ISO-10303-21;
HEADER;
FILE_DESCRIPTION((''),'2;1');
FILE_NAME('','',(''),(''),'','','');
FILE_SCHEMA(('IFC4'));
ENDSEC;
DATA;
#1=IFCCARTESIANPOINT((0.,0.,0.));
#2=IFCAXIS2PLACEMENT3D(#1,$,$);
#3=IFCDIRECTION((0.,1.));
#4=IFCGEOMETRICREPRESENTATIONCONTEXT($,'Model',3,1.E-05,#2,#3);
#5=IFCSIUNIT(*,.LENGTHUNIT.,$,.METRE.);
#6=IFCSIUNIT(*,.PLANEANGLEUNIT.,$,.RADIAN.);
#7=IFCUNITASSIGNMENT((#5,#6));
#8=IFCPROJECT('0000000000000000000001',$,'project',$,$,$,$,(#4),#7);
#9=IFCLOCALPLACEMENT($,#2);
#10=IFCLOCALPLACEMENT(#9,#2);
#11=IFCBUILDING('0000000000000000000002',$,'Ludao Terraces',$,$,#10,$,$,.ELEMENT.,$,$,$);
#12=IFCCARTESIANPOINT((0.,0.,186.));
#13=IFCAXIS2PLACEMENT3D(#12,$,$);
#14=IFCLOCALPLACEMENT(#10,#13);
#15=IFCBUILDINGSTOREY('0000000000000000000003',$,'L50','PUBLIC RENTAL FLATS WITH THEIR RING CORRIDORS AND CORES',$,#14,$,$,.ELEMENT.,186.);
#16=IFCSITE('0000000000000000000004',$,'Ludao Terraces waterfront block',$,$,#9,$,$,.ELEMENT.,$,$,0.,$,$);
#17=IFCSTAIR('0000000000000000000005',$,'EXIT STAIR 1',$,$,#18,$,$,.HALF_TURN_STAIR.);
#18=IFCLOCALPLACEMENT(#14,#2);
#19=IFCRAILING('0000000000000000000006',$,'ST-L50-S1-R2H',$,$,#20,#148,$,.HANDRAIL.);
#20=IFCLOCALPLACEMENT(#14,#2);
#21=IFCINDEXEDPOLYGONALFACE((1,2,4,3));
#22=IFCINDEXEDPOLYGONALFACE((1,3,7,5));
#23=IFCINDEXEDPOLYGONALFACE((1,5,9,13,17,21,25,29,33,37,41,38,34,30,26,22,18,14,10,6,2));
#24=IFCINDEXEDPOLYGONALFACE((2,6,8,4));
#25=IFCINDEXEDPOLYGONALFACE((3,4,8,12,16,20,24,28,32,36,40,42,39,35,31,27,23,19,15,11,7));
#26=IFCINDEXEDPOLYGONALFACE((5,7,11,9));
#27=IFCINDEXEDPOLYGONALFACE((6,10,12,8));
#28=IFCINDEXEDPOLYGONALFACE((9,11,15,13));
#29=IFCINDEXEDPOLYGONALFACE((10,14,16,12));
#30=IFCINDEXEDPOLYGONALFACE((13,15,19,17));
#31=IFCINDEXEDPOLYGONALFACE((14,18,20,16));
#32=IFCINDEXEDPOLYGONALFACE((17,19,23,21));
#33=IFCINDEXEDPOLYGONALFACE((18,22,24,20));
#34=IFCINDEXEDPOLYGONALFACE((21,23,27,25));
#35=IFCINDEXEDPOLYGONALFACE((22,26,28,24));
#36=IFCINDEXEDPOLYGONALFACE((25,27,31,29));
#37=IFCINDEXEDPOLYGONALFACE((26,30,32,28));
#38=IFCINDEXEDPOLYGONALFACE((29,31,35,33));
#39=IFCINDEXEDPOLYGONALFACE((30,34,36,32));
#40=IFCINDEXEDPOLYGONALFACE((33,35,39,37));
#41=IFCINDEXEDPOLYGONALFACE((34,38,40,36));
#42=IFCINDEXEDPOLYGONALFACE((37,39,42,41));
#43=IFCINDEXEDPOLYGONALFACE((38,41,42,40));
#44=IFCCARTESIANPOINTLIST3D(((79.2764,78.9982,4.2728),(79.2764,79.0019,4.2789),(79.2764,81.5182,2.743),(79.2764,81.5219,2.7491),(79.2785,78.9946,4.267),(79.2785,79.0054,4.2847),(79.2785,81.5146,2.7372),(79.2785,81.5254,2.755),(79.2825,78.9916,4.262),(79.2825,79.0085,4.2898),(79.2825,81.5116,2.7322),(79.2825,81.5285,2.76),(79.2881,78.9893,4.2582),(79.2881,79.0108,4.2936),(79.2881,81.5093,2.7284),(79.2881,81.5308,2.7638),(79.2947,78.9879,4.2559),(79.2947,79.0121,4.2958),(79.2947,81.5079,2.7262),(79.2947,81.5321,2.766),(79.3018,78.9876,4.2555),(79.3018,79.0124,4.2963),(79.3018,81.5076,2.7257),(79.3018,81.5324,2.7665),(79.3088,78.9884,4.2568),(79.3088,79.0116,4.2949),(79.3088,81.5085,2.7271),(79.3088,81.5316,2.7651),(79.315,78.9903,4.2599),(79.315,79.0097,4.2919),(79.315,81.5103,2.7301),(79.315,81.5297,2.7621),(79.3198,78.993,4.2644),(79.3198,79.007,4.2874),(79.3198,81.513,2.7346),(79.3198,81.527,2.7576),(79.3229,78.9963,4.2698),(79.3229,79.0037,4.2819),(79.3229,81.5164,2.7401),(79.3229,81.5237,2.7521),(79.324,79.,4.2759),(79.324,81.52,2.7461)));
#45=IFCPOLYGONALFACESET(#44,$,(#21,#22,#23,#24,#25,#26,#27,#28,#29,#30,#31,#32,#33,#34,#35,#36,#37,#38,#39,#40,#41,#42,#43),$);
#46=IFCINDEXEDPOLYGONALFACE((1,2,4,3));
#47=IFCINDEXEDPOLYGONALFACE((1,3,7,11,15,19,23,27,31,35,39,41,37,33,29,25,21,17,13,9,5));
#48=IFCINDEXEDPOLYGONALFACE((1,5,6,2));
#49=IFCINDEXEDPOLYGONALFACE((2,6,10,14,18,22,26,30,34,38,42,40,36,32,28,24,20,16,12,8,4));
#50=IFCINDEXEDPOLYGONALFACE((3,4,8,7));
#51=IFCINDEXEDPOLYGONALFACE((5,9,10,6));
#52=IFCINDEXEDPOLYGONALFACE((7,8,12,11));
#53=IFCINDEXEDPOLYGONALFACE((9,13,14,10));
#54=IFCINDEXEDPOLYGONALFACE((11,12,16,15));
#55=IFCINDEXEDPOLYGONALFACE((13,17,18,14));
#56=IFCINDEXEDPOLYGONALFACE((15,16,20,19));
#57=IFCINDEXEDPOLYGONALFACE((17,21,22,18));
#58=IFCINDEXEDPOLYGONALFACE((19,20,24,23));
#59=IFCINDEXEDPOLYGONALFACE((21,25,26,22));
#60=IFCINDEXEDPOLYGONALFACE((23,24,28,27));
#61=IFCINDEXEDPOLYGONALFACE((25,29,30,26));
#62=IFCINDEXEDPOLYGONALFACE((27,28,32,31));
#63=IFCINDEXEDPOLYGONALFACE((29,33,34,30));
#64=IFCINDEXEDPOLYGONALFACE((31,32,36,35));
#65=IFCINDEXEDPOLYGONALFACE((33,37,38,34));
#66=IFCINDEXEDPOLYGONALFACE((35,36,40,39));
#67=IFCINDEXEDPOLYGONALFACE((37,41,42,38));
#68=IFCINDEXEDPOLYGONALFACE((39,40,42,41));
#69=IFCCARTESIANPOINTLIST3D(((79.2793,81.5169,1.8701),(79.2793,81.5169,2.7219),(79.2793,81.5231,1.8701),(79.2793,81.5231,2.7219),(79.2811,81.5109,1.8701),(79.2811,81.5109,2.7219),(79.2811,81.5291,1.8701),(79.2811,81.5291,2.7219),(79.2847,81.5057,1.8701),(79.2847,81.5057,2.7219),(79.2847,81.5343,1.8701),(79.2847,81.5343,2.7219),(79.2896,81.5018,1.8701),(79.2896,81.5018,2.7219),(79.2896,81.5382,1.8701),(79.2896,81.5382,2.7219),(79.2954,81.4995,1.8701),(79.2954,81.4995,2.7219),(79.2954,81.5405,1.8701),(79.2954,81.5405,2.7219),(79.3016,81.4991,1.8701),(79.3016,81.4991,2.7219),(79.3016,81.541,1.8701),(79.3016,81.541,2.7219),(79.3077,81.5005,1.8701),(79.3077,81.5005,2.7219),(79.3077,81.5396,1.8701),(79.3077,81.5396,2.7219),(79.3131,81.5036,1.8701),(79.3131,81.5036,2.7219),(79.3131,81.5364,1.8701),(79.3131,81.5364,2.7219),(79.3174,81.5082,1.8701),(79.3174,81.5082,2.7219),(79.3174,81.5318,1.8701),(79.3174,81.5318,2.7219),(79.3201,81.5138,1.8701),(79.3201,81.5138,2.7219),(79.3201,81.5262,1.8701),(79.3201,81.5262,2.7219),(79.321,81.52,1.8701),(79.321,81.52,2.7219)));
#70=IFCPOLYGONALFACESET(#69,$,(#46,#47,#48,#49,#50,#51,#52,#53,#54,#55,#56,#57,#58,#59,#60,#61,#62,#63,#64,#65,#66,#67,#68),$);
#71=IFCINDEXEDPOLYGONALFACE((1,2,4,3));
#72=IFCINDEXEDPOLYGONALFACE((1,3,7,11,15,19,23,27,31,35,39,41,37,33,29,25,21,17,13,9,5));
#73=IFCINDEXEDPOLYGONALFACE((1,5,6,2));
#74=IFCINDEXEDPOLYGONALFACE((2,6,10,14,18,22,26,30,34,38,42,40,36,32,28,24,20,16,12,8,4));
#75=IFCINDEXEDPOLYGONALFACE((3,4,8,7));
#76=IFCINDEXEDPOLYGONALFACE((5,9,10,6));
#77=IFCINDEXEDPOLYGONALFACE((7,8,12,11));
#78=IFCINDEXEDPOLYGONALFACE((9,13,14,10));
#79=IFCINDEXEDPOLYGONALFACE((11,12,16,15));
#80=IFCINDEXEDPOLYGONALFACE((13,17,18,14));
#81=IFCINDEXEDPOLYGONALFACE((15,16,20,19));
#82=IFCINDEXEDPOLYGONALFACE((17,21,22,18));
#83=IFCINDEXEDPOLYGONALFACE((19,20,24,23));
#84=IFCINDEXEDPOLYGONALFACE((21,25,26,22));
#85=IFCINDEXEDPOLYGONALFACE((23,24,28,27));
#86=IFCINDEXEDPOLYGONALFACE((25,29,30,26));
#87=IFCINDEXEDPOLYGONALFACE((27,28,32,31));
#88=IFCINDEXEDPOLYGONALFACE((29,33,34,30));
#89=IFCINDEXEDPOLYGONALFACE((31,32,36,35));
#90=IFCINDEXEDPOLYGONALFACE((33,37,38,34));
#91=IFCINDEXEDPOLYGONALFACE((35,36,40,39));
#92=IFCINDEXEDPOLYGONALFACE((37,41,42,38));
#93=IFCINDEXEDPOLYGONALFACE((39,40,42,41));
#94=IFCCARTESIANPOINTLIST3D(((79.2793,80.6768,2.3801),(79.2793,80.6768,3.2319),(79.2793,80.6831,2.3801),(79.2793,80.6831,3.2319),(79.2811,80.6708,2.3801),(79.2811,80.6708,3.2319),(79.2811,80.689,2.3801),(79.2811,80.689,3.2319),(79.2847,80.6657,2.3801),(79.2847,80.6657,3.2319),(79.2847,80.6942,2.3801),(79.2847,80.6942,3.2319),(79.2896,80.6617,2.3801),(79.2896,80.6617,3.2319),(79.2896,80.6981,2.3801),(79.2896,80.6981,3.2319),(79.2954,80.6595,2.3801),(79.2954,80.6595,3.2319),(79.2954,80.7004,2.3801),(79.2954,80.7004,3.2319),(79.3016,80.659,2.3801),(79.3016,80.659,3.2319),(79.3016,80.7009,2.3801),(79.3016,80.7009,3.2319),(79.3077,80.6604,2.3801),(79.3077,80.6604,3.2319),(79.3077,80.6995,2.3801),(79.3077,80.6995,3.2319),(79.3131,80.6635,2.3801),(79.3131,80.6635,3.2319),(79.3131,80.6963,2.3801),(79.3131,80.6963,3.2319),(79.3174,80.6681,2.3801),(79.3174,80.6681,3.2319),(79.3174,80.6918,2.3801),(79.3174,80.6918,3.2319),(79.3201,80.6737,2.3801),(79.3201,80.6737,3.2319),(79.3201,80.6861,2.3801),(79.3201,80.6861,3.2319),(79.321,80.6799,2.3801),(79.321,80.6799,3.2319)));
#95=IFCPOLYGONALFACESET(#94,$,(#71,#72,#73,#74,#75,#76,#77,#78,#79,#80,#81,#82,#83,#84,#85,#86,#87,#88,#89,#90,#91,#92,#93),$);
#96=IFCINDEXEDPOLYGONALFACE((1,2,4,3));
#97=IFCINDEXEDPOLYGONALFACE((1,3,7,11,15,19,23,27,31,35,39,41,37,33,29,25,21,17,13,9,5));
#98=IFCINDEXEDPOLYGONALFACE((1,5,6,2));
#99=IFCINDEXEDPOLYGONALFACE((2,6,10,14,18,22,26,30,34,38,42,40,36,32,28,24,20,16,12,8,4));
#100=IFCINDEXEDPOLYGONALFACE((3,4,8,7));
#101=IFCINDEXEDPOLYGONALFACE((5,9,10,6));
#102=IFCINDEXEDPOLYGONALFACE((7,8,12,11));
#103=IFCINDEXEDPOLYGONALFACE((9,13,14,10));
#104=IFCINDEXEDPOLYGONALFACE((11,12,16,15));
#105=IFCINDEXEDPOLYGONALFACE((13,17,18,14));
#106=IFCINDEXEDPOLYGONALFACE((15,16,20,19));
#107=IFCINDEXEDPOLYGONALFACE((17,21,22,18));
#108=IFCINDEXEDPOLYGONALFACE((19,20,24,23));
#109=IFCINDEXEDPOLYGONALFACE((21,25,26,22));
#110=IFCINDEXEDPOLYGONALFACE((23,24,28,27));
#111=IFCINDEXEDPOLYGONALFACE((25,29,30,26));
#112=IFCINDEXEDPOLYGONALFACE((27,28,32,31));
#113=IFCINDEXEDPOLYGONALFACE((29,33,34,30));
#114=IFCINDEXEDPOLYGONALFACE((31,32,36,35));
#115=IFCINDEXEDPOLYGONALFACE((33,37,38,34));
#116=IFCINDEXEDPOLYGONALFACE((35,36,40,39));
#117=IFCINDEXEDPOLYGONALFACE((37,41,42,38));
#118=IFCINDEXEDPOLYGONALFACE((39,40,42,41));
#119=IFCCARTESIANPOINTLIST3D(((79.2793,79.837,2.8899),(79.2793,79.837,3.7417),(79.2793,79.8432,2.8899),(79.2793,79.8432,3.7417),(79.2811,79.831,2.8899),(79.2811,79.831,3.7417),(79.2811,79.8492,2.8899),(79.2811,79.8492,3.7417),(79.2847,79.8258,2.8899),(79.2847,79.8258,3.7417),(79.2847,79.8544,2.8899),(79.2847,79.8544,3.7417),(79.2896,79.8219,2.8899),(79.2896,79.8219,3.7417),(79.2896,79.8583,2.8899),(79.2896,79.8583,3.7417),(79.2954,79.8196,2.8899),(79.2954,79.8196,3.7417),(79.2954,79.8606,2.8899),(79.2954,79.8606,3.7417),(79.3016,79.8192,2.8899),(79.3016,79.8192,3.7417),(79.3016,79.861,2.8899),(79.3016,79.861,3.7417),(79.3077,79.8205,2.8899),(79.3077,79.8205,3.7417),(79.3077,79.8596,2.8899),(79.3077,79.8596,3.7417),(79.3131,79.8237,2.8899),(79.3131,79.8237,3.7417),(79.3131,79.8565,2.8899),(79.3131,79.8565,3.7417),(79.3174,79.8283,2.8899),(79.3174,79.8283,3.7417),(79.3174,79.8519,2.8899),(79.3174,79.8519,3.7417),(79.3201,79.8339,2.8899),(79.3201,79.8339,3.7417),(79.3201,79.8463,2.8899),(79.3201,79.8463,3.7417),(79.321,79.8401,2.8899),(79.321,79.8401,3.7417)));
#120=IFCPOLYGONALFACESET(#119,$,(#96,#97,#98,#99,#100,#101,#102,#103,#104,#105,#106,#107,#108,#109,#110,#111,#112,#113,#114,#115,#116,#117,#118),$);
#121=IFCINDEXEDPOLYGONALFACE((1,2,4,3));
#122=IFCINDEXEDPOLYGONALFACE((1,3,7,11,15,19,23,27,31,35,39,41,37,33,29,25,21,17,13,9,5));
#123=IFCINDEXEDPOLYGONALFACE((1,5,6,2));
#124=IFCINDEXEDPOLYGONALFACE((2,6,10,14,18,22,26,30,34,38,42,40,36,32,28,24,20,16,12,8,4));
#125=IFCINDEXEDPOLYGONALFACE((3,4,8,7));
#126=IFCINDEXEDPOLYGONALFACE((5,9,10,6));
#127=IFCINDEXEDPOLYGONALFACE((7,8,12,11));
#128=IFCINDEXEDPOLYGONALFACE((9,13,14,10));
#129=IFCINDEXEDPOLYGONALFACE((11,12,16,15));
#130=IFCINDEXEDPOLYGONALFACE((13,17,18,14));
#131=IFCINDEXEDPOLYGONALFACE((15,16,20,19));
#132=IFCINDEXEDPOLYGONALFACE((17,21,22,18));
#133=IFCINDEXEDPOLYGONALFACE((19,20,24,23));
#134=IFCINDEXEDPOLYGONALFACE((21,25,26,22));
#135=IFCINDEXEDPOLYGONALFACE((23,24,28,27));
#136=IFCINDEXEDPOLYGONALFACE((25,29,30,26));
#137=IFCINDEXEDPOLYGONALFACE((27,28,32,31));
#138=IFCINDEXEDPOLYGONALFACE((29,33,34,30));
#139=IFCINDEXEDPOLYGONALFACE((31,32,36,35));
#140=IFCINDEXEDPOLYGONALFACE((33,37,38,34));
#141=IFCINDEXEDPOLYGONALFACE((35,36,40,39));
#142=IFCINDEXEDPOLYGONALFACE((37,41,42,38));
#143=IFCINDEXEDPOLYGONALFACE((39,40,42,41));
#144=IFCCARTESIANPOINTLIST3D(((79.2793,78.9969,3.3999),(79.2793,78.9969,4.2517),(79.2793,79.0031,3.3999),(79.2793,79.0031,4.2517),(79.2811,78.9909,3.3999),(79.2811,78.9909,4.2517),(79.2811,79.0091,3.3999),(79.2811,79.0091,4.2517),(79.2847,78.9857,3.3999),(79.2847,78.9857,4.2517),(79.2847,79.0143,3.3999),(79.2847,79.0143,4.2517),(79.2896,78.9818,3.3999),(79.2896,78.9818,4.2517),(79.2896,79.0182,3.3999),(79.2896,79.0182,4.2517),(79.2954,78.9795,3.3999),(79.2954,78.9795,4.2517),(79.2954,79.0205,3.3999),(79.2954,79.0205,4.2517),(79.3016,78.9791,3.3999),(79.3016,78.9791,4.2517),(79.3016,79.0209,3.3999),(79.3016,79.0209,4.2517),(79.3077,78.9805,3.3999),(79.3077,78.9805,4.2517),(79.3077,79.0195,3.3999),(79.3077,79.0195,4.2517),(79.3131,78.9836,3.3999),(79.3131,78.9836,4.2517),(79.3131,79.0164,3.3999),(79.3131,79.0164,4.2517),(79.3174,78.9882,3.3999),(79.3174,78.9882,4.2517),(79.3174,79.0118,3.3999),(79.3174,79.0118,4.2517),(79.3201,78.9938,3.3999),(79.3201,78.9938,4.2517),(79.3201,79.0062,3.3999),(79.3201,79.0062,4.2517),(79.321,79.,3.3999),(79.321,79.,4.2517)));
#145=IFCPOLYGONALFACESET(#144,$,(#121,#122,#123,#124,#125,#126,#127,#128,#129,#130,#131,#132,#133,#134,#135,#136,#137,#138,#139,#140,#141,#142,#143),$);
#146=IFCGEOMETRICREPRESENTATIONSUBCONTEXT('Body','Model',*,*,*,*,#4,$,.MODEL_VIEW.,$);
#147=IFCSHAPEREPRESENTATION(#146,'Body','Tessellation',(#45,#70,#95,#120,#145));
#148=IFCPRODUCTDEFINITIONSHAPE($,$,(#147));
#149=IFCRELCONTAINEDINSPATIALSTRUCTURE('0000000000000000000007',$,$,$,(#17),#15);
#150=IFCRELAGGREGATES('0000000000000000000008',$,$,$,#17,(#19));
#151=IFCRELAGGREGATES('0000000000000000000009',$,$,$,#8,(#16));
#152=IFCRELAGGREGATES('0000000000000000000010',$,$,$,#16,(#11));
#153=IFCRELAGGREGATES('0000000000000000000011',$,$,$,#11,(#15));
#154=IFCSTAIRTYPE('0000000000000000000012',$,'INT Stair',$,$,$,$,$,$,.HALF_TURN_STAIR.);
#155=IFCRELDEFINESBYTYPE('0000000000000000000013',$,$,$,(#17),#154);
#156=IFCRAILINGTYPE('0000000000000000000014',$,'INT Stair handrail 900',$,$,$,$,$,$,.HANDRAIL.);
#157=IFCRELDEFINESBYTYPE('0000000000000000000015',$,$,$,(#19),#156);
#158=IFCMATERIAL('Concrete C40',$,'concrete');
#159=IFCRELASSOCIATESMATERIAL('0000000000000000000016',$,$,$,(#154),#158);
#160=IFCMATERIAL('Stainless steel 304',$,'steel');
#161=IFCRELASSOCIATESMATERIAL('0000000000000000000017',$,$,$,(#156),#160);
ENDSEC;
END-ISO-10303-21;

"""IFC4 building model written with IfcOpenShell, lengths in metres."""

from ifc_helpers import new_model, si_unit, direction, frame, origin, origin_2d, place, context, subcontext, project, spatial, circle, extrude, material, type_object, element, aggregate, save


model = new_model("IFC4")

# Units and contexts
model_context = context("Model", 3, precision=1e-05, world=origin(), true_north=direction((0.0, 1.0)))
body_context = subcontext(model_context, "Body", "Model", "MODEL_VIEW")
ifc_project = project(units=[si_unit("LENGTHUNIT", "METRE"), si_unit("PLANEANGLEUNIT", "RADIAN")], contexts=[model_context])

# Site, building, storey
site_placement = place(None, origin())
site = spatial("IfcSite", under=ifc_project, at=site_placement, Name="Ludao Terraces waterfront block", CompositionType="ELEMENT", RefElevation=0.0)
building_placement = place(site_placement, origin())
building = spatial("IfcBuilding", under=site, at=building_placement, Name="Ludao Terraces", CompositionType="ELEMENT")
storey_placement = place(building_placement, frame((0.0, 0.0, 186.0)))
storey = spatial("IfcBuildingStorey", under=building, at=storey_placement, Name="L50", Description="PUBLIC RENTAL FLATS WITH THEIR RING CORRIDORS AND CORES", CompositionType="ELEMENT", Elevation=186.0)

# Shared definitions
ifc_material_1 = material(Name="Concrete C40", Category="concrete")

# Shared definitions
ifc_material_2 = material(Name="Stainless steel 304", Category="steel")

# Stair, railing
stair_type = type_object("IfcStairType", Name="INT Stair", PredefinedType="HALF_TURN_STAIR", material=ifc_material_1)
stair_placement = place(storey_placement, origin())
stair = element("IfcStair", 1, at=stair_placement, inside=storey, type_object=stair_type, Name="EXIT STAIR 1", PredefinedType="HALF_TURN_STAIR")
railing_type_1 = type_object("IfcRailingType", Name="INT Stair handrail 900", PredefinedType="HANDRAIL", material=ifc_material_2)
railing_1_placement = place(storey_placement, frame((79.3, 81.52, 1.8701)))
railing_1 = element("IfcRailing", 2, at=railing_1_placement, type_object=railing_type_1, Name="ST-L50-S1-R2H", PredefinedType="HANDRAIL", context=body_context, shape_type="SweptSolid", body=[
    extrude(circle(Radius=0.0239, at=origin_2d()), frame((0.0, 0.0, 0.876), z_axis=(0.0, -0.854822, 0.518922), x_axis=(1.0, 0.0, 0.0)), (0.0, 0.0, 1.0), 2.948),
    extrude(circle(Radius=0.021, at=origin_2d()), origin(), (0.0, 0.0, 1.0), 0.8518),
    extrude(circle(Radius=0.021, at=origin_2d()), frame((0.0, -0.8401, 0.51)), (0.0, 0.0, 1.0), 0.8518),
    extrude(circle(Radius=0.021, at=origin_2d()), frame((0.0, -1.6799, 1.0198)), (0.0, 0.0, 1.0), 0.8518),
    extrude(circle(Radius=0.021, at=origin_2d()), frame((0.0, -2.52, 1.5298)), (0.0, 0.0, 1.0), 0.8518),
])
aggregate(stair, [railing_1])

save(model, "model.ifc")
